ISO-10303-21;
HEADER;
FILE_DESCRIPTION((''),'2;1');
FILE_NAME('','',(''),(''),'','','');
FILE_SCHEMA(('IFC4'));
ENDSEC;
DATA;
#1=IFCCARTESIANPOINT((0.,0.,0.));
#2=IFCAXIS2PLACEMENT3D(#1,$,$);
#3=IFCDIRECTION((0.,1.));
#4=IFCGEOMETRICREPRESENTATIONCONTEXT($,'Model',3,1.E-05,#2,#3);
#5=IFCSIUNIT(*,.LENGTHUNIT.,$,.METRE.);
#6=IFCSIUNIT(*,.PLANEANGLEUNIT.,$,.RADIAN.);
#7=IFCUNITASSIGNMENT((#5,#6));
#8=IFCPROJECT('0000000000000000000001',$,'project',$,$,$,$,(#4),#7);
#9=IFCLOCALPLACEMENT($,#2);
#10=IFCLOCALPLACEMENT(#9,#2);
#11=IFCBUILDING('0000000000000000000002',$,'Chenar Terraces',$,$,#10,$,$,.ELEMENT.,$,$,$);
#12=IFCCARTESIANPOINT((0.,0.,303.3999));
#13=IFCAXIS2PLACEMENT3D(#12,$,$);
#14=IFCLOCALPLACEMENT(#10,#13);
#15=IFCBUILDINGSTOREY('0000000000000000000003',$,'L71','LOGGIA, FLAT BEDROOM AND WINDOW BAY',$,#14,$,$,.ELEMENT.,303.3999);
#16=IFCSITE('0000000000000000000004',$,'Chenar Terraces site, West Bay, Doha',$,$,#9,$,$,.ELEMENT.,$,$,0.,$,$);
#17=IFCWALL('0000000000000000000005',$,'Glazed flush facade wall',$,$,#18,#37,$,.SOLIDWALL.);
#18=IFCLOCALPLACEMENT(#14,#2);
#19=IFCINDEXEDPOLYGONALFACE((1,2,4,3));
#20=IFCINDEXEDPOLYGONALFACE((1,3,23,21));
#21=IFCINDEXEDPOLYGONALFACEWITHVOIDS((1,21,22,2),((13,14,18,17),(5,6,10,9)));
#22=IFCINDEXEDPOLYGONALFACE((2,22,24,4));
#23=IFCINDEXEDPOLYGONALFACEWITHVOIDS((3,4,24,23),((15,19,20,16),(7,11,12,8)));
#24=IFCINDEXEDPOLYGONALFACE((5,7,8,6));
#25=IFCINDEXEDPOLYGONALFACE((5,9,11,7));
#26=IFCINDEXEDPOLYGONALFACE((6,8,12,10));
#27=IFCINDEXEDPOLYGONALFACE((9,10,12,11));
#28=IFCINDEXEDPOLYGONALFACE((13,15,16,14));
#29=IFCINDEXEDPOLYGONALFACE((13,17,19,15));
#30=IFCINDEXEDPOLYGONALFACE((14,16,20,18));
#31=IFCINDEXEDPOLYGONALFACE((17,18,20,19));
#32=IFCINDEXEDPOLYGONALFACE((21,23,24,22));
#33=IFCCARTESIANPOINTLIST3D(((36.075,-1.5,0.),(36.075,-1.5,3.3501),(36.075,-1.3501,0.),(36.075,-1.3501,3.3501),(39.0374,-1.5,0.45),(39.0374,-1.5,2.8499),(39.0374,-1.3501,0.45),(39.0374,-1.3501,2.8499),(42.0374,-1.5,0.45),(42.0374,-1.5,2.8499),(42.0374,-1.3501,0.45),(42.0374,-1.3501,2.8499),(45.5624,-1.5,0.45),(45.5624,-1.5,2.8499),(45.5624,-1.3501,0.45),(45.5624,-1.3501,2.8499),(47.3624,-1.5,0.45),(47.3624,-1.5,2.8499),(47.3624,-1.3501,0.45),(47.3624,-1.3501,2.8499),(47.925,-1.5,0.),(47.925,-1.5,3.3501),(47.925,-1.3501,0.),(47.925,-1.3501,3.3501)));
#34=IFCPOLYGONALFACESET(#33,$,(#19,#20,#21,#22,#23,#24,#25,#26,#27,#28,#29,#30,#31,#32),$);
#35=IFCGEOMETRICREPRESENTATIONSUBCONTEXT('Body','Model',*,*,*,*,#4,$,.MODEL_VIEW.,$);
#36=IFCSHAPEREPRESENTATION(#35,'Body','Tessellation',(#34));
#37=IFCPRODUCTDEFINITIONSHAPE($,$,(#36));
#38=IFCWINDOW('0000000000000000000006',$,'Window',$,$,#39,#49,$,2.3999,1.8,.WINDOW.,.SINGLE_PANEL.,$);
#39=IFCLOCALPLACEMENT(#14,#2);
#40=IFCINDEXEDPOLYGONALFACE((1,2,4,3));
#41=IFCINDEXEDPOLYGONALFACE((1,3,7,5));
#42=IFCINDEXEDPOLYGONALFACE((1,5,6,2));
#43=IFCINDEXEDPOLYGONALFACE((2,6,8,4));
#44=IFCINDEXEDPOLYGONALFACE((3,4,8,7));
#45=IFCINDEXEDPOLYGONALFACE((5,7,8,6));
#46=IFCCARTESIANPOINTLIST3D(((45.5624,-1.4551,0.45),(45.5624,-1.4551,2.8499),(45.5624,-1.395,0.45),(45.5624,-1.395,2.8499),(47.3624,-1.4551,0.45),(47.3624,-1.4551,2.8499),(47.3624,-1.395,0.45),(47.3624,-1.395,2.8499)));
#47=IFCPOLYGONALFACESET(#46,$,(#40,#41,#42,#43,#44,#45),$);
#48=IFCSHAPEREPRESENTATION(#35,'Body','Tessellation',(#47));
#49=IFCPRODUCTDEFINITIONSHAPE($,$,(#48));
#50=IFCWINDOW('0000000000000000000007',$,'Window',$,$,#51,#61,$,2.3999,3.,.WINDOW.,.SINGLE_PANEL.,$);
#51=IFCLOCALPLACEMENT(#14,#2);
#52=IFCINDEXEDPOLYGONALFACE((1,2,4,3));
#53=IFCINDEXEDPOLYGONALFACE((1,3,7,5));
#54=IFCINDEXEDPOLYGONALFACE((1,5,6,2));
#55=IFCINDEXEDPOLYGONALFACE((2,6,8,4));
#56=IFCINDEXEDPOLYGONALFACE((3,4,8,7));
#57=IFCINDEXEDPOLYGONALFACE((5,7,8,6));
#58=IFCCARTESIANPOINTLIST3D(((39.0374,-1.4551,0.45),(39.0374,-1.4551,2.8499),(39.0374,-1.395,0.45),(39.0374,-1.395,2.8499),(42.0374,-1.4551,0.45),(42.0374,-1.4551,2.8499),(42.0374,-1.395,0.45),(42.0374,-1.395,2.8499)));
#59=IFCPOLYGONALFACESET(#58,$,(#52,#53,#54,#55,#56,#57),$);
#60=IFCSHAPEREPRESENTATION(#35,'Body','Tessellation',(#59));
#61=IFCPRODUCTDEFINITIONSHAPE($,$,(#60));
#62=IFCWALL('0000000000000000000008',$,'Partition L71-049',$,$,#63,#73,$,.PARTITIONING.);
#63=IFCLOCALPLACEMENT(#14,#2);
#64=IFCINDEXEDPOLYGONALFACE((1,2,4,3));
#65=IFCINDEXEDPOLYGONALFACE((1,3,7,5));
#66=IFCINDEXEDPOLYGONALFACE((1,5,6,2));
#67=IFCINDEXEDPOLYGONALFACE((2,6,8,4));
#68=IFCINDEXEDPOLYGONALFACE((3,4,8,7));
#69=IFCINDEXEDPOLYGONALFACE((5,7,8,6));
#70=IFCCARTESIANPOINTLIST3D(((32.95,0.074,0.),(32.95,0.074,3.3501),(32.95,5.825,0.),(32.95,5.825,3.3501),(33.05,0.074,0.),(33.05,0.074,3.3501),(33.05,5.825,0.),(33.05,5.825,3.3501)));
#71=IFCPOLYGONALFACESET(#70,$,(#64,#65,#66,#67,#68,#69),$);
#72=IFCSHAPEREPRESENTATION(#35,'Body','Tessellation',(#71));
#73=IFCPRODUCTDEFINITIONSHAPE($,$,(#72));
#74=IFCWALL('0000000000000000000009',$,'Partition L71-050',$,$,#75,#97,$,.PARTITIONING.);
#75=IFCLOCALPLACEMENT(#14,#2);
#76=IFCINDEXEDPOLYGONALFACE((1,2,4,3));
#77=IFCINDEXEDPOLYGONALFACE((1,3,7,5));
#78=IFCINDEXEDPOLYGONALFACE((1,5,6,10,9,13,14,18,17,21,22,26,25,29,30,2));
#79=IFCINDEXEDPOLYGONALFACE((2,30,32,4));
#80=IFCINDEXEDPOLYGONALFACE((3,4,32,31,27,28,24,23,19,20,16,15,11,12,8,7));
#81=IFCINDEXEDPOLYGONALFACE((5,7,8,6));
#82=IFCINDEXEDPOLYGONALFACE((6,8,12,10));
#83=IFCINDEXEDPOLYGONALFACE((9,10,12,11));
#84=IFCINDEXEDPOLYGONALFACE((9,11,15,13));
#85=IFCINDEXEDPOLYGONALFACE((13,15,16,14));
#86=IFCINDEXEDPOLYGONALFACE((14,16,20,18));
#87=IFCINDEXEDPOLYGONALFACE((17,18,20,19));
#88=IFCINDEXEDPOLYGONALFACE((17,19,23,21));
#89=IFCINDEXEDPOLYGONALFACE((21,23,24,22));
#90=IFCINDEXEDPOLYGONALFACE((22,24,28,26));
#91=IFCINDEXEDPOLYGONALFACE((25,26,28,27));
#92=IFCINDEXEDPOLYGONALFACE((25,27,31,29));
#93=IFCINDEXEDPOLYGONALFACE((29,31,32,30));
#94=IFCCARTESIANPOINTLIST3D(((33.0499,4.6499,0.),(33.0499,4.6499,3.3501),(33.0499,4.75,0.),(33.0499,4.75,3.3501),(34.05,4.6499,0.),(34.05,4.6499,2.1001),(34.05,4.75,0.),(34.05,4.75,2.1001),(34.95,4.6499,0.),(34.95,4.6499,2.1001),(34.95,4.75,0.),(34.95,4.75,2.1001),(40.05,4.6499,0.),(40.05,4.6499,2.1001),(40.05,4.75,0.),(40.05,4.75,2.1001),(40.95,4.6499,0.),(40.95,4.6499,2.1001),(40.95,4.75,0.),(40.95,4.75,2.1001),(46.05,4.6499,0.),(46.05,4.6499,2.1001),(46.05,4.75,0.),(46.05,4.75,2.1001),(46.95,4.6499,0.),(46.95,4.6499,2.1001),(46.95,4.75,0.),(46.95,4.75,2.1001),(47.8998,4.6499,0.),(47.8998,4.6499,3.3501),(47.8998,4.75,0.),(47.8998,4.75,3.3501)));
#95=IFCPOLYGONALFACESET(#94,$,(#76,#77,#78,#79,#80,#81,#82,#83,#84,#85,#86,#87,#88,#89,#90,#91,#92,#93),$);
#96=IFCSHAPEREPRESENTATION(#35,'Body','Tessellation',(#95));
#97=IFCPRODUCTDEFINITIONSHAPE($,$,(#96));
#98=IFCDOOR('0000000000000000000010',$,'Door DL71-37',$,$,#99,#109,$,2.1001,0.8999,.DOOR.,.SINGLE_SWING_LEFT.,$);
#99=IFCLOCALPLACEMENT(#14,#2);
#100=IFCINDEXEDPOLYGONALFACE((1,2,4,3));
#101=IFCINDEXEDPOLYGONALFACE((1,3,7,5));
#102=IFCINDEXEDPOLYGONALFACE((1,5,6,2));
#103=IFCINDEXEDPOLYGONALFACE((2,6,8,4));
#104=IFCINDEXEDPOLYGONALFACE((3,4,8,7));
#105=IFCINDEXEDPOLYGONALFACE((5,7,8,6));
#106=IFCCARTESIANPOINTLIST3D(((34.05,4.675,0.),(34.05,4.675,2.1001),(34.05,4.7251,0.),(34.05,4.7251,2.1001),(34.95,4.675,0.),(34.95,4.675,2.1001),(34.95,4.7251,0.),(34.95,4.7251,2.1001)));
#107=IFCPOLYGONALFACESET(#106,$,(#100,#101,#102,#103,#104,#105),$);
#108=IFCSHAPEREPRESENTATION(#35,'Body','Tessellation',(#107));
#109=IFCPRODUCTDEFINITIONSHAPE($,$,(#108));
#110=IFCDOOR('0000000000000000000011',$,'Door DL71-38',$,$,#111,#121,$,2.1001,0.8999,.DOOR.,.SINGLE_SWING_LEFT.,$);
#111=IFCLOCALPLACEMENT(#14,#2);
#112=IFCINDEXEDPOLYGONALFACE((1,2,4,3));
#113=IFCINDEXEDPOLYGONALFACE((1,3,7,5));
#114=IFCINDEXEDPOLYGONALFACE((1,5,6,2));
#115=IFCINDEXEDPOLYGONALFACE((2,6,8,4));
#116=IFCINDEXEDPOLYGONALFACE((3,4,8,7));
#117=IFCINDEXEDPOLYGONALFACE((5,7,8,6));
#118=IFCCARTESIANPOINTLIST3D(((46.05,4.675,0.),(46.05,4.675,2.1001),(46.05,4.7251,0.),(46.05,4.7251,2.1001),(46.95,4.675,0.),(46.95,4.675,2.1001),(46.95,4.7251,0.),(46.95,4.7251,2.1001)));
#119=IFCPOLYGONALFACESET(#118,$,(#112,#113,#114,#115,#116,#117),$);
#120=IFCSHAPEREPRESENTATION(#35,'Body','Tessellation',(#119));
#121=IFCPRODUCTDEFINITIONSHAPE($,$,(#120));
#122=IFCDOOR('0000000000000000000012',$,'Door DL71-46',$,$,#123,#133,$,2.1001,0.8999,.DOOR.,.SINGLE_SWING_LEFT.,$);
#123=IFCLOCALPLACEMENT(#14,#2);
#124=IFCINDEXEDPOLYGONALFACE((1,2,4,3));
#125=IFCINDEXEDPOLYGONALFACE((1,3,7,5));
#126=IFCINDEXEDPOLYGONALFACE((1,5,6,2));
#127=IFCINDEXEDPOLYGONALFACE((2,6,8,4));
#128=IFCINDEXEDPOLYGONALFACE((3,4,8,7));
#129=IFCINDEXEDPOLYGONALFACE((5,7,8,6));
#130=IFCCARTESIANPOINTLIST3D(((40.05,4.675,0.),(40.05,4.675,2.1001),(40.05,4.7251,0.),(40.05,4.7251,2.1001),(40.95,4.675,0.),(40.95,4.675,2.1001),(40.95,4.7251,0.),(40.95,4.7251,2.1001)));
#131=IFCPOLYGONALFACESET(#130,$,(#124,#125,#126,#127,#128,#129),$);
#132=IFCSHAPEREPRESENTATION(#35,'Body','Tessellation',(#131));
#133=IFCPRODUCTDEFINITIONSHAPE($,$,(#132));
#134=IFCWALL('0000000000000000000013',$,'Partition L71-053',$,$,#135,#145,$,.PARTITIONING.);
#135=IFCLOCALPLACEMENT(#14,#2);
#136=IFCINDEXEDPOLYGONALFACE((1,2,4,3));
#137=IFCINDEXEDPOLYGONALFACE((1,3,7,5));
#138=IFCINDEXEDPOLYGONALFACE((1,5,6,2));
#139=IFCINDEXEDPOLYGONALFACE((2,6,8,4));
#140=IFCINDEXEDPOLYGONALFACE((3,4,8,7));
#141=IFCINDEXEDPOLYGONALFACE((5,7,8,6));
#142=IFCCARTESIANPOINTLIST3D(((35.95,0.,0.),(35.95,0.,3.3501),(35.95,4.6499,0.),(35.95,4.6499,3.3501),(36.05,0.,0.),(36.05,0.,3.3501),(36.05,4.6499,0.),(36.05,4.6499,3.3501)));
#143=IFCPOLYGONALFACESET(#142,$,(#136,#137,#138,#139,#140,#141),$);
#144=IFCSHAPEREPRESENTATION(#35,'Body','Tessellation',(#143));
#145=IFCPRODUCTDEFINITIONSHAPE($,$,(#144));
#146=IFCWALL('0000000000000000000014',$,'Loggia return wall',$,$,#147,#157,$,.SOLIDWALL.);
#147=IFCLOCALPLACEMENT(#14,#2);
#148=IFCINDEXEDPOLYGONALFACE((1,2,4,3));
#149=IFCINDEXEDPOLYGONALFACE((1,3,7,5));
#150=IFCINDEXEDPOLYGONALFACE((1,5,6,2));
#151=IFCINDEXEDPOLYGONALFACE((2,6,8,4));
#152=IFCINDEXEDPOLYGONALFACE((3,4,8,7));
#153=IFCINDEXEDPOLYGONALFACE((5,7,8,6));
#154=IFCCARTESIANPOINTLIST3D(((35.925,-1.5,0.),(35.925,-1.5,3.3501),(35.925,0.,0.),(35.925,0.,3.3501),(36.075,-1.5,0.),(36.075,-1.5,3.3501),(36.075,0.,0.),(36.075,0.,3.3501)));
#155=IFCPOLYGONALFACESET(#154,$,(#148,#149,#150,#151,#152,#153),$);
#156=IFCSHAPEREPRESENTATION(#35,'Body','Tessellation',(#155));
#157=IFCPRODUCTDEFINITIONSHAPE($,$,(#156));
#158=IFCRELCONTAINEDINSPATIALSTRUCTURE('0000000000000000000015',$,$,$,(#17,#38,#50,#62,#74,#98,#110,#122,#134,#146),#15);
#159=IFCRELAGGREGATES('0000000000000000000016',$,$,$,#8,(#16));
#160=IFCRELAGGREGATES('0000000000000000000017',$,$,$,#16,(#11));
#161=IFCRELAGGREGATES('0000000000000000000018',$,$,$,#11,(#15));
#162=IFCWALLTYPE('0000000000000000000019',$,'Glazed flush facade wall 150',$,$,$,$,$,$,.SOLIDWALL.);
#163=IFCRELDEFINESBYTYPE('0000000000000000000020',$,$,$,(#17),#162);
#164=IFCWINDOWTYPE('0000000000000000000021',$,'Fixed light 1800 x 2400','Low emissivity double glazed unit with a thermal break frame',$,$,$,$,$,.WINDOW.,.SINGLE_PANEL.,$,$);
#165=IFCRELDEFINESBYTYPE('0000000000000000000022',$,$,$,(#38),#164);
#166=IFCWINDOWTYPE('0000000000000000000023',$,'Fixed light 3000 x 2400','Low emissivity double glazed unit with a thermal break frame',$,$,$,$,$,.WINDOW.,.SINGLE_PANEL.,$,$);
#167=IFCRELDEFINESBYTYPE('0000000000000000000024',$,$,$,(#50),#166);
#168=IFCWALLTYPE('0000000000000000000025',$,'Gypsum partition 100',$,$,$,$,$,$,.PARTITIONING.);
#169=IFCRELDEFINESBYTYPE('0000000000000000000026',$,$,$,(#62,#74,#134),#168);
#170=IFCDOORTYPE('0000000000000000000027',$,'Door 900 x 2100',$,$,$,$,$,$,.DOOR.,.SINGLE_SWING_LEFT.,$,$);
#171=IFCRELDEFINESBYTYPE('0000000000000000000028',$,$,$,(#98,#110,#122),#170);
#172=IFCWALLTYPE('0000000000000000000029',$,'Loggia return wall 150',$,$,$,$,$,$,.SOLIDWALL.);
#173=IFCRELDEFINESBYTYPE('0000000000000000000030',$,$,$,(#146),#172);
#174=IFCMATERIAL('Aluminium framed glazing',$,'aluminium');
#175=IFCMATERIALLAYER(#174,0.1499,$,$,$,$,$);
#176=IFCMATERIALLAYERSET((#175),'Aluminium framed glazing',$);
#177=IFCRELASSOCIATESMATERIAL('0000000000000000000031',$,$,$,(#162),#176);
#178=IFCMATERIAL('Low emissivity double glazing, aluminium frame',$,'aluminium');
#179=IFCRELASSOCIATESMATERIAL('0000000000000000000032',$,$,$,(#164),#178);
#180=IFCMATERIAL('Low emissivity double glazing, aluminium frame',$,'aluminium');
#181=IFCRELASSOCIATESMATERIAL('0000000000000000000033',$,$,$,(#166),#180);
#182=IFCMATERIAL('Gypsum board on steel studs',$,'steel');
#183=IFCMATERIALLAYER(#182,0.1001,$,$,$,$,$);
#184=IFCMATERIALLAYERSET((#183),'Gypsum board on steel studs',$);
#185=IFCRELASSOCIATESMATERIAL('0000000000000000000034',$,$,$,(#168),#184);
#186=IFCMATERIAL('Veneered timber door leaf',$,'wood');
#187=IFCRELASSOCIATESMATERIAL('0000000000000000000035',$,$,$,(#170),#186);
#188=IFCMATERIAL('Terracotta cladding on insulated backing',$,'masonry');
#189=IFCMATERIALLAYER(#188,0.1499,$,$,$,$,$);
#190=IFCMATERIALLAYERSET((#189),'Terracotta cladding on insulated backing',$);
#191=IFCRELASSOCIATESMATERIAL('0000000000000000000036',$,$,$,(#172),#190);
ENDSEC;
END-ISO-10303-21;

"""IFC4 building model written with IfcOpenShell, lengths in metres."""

from ifc_helpers import new_model, si_unit, direction, frame, frame_2d, origin, place, context, subcontext, project, spatial, rectangle, extrude, material, layer, layer_set, type_object, element, fill, save


model = new_model("IFC4")

# Units and contexts
model_context = context("Model", 3, precision=1e-05, world=origin(), true_north=direction((0.0, 1.0)))
body_context = subcontext(model_context, "Body", "Model", "MODEL_VIEW")
ifc_project = project(units=[si_unit("LENGTHUNIT", "METRE"), si_unit("PLANEANGLEUNIT", "RADIAN")], contexts=[model_context])

# Site, building, storey
site_placement = place(None, origin())
site = spatial("IfcSite", under=ifc_project, at=site_placement, Name="Chenar Terraces site, West Bay, Doha", CompositionType="ELEMENT", RefElevation=0.0)
building_placement = place(site_placement, origin())
building = spatial("IfcBuilding", under=site, at=building_placement, Name="Chenar Terraces", CompositionType="ELEMENT")
storey_placement = place(building_placement, frame((0.0, 0.0, 303.3999)))
storey = spatial("IfcBuildingStorey", under=building, at=storey_placement, Name="L71", Description="LOGGIA, FLAT BEDROOM AND WINDOW BAY", CompositionType="ELEMENT", Elevation=303.3999)

# Wall, openings, windows
ifc_material_1 = material(Name="Aluminium framed glazing", Category="aluminium")
ifc_layer_1 = layer(ifc_material_1, 0.1499)
ifc_layer_set_1 = layer_set([ifc_layer_1], Name="Aluminium framed glazing")
wall_type_1 = type_object("IfcWallType", Name="Glazed flush facade wall 150", PredefinedType="SOLIDWALL", material=ifc_layer_set_1)
wall_1_placement = place(storey_placement, frame((36.075, -1.425, 0.0), z_axis=(0.0, 0.0, 1.0), x_axis=(1.0, 0.0, 0.0)))
wall_1 = element("IfcWall", 1, at=wall_1_placement, inside=storey, type_object=wall_type_1, Name="Glazed flush facade wall", PredefinedType="SOLIDWALL", context=body_context, shape_type="SweptSolid", body=[
    extrude(rectangle(XDim=11.8501, YDim=0.1499, at=frame_2d((5.925, 0.0))), origin(), (0.0, 0.0, 1.0), 3.3501),
])
opening_1_placement = place(wall_1_placement, frame((2.9624, 0.0, 0.45)))
opening_1 = element("IfcOpeningElement", 2, at=opening_1_placement, cuts=wall_1, PredefinedType="OPENING", context=body_context, shape_type="SweptSolid", body=[
    extrude(rectangle(XDim=3.0, YDim=2.3999, at=frame_2d((1.5, 1.2))), frame((0.0, 0.085, 0.0), z_axis=(0.0, -1.0, 0.0), x_axis=(1.0, 0.0, 0.0)), (0.0, 0.0, 1.0), 0.1699),
])
opening_2_placement = place(wall_1_placement, frame((9.4875, 0.0, 0.45)))
opening_2 = element("IfcOpeningElement", 3, at=opening_2_placement, cuts=wall_1, PredefinedType="OPENING", context=body_context, shape_type="SweptSolid", body=[
    extrude(rectangle(XDim=1.8, YDim=2.3999, at=frame_2d((0.8999, 1.2))), frame((0.0, 0.085, 0.0), z_axis=(0.0, -1.0, 0.0), x_axis=(1.0, 0.0, 0.0)), (0.0, 0.0, 1.0), 0.1699),
])
ifc_material_2 = material(Name="Low emissivity double glazing, aluminium frame", Category="aluminium")
window_type_1 = type_object("IfcWindowType", Name="Fixed light 1800 x 2400", Description="Low emissivity double glazed unit with a thermal break frame", PartitioningType="SINGLE_PANEL", PredefinedType="WINDOW", material=ifc_material_2)
window_1_placement = place(opening_2_placement, origin())
window_1 = element("IfcWindow", 4, at=window_1_placement, inside=storey, type_object=window_type_1, Name="Window", OverallHeight=2.3999, OverallWidth=1.8, PartitioningType="SINGLE_PANEL", PredefinedType="WINDOW", context=body_context, shape_type="SweptSolid", body=[
    extrude(rectangle(XDim=1.8, YDim=2.3999, at=frame_2d((0.8999, 1.2))), frame((0.0, 0.03, 0.0), z_axis=(0.0, -1.0, 0.0), x_axis=(1.0, 0.0, 0.0)), (0.0, 0.0, 1.0), 0.0601),
])
fill(opening_2, window_1)
ifc_material_3 = material(Name="Low emissivity double glazing, aluminium frame", Category="aluminium")
window_type_2 = type_object("IfcWindowType", Name="Fixed light 3000 x 2400", Description="Low emissivity double glazed unit with a thermal break frame", PartitioningType="SINGLE_PANEL", PredefinedType="WINDOW", material=ifc_material_3)
window_2_placement = place(opening_1_placement, origin())
window_2 = element("IfcWindow", 5, at=window_2_placement, inside=storey, type_object=window_type_2, Name="Window", OverallHeight=2.3999, OverallWidth=3.0, PartitioningType="SINGLE_PANEL", PredefinedType="WINDOW", context=body_context, shape_type="SweptSolid", body=[
    extrude(rectangle(XDim=3.0, YDim=2.3999, at=frame_2d((1.5, 1.2))), frame((0.0, 0.03, 0.0), z_axis=(0.0, -1.0, 0.0), x_axis=(1.0, 0.0, 0.0)), (0.0, 0.0, 1.0), 0.0601),
])
fill(opening_1, window_2)

# Wall
ifc_material_4 = material(Name="Gypsum board on steel studs", Category="steel")
ifc_layer_2 = layer(ifc_material_4, 0.1001)
ifc_layer_set_2 = layer_set([ifc_layer_2], Name="Gypsum board on steel studs")
wall_type_2 = type_object("IfcWallType", Name="Gypsum partition 100", PredefinedType="PARTITIONING", material=ifc_layer_set_2)
wall_2_placement = place(storey_placement, frame((33.0, 0.074, 0.0), z_axis=(0.0, 0.0, 1.0), x_axis=(0.0, 1.0, 0.0)))
element("IfcWall", 6, at=wall_2_placement, inside=storey, type_object=wall_type_2, Name="Partition L71-049", PredefinedType="PARTITIONING", context=body_context, shape_type="SweptSolid", body=[
    extrude(rectangle(XDim=5.751, YDim=0.1001, at=frame_2d((2.8755, 0.0))), origin(), (0.0, 0.0, 1.0), 3.3501),
])

# Wall, openings, doors
wall_3_placement = place(storey_placement, frame((33.05, 4.7, 0.0), z_axis=(0.0, 0.0, 1.0), x_axis=(1.0, 0.0, 0.0)))
wall_3 = element("IfcWall", 7, at=wall_3_placement, inside=storey, type_object=wall_type_2, Name="Partition L71-050", PredefinedType="PARTITIONING", context=body_context, shape_type="SweptSolid", body=[
    extrude(rectangle(XDim=14.8499, YDim=0.1001, at=frame_2d((7.4248, 0.0))), origin(), (0.0, 0.0, 1.0), 3.3501),
])
opening_3_placement = place(wall_3_placement, frame((1.0, 0.0, 0.0)))
opening_3 = element("IfcOpeningElement", 8, at=opening_3_placement, cuts=wall_3, PredefinedType="OPENING", context=body_context, shape_type="SweptSolid", body=[
    extrude(rectangle(XDim=0.8999, YDim=2.1001, at=frame_2d((0.45, 1.05))), frame((0.0, 0.0601, 0.0), z_axis=(0.0, -1.0, 0.0), x_axis=(1.0, 0.0, 0.0)), (0.0, 0.0, 1.0), 0.1201),
])
opening_4_placement = place(wall_3_placement, frame((13.0, 0.0, 0.0)))
opening_4 = element("IfcOpeningElement", 9, at=opening_4_placement, cuts=wall_3, PredefinedType="OPENING", context=body_context, shape_type="SweptSolid", body=[
    extrude(rectangle(XDim=0.8999, YDim=2.1001, at=frame_2d((0.45, 1.05))), frame((0.0, 0.0601, 0.0), z_axis=(0.0, -1.0, 0.0), x_axis=(1.0, 0.0, 0.0)), (0.0, 0.0, 1.0), 0.1201),
])
opening_5_placement = place(wall_3_placement, frame((7.0, 0.0, 0.0)))
opening_5 = element("IfcOpeningElement", 10, at=opening_5_placement, cuts=wall_3, PredefinedType="OPENING", context=body_context, shape_type="SweptSolid", body=[
    extrude(rectangle(XDim=0.8999, YDim=2.1001, at=frame_2d((0.45, 1.05))), frame((0.0, 0.0601, 0.0), z_axis=(0.0, -1.0, 0.0), x_axis=(1.0, 0.0, 0.0)), (0.0, 0.0, 1.0), 0.1201),
])
ifc_material_5 = material(Name="Veneered timber door leaf", Category="wood")
door_type_1 = type_object("IfcDoorType", Name="Door 900 x 2100", OperationType="SINGLE_SWING_LEFT", PredefinedType="DOOR", material=ifc_material_5)
door_1_placement = place(opening_3_placement, frame((0.8999, 0.0, 0.0), z_axis=(0.0, 0.0, 1.0), x_axis=(-1.0, 0.0, 0.0)))
door_1 = element("IfcDoor", 11, at=door_1_placement, inside=storey, type_object=door_type_1, Name="Door DL71-37", OperationType="SINGLE_SWING_LEFT", OverallHeight=2.1001, OverallWidth=0.8999, PredefinedType="DOOR", context=body_context, shape_type="SweptSolid", body=[
    extrude(rectangle(XDim=0.8999, YDim=2.1001, at=frame_2d((0.45, 1.05))), frame((0.0, 0.0249, 0.0), z_axis=(0.0, -1.0, 0.0), x_axis=(1.0, 0.0, 0.0)), (0.0, 0.0, 1.0), 0.05),
])
fill(opening_3, door_1)
door_2_placement = place(opening_4_placement, frame((0.8999, 0.0, 0.0), z_axis=(0.0, 0.0, 1.0), x_axis=(-1.0, 0.0, 0.0)))
door_2 = element("IfcDoor", 12, at=door_2_placement, inside=storey, type_object=door_type_1, Name="Door DL71-38", OperationType="SINGLE_SWING_LEFT", OverallHeight=2.1001, OverallWidth=0.8999, PredefinedType="DOOR", context=body_context, shape_type="SweptSolid", body=[
    extrude(rectangle(XDim=0.8999, YDim=2.1001, at=frame_2d((0.45, 1.05))), frame((0.0, 0.0249, 0.0), z_axis=(0.0, -1.0, 0.0), x_axis=(1.0, 0.0, 0.0)), (0.0, 0.0, 1.0), 0.05),
])
fill(opening_4, door_2)
door_3_placement = place(opening_5_placement, frame((0.8999, 0.0, 0.0), z_axis=(0.0, 0.0, 1.0), x_axis=(-1.0, 0.0, 0.0)))
door_3 = element("IfcDoor", 13, at=door_3_placement, inside=storey, type_object=door_type_1, Name="Door DL71-46", OperationType="SINGLE_SWING_LEFT", OverallHeight=2.1001, OverallWidth=0.8999, PredefinedType="DOOR", context=body_context, shape_type="SweptSolid", body=[
    extrude(rectangle(XDim=0.8999, YDim=2.1001, at=frame_2d((0.45, 1.05))), frame((0.0, 0.0249, 0.0), z_axis=(0.0, -1.0, 0.0), x_axis=(1.0, 0.0, 0.0)), (0.0, 0.0, 1.0), 0.05),
])
fill(opening_5, door_3)

# Walls
wall_4_placement = place(storey_placement, frame((36.0, 0.0, 0.0), z_axis=(0.0, 0.0, 1.0), x_axis=(0.0, 1.0, 0.0)))
element("IfcWall", 14, at=wall_4_placement, inside=storey, type_object=wall_type_2, Name="Partition L71-053", PredefinedType="PARTITIONING", context=body_context, shape_type="SweptSolid", body=[
    extrude(rectangle(XDim=4.6499, YDim=0.1001, at=frame_2d((2.325, 0.0))), origin(), (0.0, 0.0, 1.0), 3.3501),
])
ifc_material_6 = material(Name="Terracotta cladding on insulated backing", Category="masonry")
ifc_layer_3 = layer(ifc_material_6, 0.1499)
ifc_layer_set_3 = layer_set([ifc_layer_3], Name="Terracotta cladding on insulated backing")
wall_type_3 = type_object("IfcWallType", Name="Loggia return wall 150", PredefinedType="SOLIDWALL", material=ifc_layer_set_3)
wall_5_placement = place(storey_placement, frame((36.0, -1.5, 0.0), z_axis=(0.0, 0.0, 1.0), x_axis=(0.0, 1.0, 0.0)))
element("IfcWall", 15, at=wall_5_placement, inside=storey, type_object=wall_type_3, Name="Loggia return wall", PredefinedType="SOLIDWALL", context=body_context, shape_type="SweptSolid", body=[
    extrude(rectangle(XDim=1.5, YDim=0.1499, at=frame_2d((0.75, 0.0))), origin(), (0.0, 0.0, 1.0), 3.3501),
])

save(model, "model.ifc")
